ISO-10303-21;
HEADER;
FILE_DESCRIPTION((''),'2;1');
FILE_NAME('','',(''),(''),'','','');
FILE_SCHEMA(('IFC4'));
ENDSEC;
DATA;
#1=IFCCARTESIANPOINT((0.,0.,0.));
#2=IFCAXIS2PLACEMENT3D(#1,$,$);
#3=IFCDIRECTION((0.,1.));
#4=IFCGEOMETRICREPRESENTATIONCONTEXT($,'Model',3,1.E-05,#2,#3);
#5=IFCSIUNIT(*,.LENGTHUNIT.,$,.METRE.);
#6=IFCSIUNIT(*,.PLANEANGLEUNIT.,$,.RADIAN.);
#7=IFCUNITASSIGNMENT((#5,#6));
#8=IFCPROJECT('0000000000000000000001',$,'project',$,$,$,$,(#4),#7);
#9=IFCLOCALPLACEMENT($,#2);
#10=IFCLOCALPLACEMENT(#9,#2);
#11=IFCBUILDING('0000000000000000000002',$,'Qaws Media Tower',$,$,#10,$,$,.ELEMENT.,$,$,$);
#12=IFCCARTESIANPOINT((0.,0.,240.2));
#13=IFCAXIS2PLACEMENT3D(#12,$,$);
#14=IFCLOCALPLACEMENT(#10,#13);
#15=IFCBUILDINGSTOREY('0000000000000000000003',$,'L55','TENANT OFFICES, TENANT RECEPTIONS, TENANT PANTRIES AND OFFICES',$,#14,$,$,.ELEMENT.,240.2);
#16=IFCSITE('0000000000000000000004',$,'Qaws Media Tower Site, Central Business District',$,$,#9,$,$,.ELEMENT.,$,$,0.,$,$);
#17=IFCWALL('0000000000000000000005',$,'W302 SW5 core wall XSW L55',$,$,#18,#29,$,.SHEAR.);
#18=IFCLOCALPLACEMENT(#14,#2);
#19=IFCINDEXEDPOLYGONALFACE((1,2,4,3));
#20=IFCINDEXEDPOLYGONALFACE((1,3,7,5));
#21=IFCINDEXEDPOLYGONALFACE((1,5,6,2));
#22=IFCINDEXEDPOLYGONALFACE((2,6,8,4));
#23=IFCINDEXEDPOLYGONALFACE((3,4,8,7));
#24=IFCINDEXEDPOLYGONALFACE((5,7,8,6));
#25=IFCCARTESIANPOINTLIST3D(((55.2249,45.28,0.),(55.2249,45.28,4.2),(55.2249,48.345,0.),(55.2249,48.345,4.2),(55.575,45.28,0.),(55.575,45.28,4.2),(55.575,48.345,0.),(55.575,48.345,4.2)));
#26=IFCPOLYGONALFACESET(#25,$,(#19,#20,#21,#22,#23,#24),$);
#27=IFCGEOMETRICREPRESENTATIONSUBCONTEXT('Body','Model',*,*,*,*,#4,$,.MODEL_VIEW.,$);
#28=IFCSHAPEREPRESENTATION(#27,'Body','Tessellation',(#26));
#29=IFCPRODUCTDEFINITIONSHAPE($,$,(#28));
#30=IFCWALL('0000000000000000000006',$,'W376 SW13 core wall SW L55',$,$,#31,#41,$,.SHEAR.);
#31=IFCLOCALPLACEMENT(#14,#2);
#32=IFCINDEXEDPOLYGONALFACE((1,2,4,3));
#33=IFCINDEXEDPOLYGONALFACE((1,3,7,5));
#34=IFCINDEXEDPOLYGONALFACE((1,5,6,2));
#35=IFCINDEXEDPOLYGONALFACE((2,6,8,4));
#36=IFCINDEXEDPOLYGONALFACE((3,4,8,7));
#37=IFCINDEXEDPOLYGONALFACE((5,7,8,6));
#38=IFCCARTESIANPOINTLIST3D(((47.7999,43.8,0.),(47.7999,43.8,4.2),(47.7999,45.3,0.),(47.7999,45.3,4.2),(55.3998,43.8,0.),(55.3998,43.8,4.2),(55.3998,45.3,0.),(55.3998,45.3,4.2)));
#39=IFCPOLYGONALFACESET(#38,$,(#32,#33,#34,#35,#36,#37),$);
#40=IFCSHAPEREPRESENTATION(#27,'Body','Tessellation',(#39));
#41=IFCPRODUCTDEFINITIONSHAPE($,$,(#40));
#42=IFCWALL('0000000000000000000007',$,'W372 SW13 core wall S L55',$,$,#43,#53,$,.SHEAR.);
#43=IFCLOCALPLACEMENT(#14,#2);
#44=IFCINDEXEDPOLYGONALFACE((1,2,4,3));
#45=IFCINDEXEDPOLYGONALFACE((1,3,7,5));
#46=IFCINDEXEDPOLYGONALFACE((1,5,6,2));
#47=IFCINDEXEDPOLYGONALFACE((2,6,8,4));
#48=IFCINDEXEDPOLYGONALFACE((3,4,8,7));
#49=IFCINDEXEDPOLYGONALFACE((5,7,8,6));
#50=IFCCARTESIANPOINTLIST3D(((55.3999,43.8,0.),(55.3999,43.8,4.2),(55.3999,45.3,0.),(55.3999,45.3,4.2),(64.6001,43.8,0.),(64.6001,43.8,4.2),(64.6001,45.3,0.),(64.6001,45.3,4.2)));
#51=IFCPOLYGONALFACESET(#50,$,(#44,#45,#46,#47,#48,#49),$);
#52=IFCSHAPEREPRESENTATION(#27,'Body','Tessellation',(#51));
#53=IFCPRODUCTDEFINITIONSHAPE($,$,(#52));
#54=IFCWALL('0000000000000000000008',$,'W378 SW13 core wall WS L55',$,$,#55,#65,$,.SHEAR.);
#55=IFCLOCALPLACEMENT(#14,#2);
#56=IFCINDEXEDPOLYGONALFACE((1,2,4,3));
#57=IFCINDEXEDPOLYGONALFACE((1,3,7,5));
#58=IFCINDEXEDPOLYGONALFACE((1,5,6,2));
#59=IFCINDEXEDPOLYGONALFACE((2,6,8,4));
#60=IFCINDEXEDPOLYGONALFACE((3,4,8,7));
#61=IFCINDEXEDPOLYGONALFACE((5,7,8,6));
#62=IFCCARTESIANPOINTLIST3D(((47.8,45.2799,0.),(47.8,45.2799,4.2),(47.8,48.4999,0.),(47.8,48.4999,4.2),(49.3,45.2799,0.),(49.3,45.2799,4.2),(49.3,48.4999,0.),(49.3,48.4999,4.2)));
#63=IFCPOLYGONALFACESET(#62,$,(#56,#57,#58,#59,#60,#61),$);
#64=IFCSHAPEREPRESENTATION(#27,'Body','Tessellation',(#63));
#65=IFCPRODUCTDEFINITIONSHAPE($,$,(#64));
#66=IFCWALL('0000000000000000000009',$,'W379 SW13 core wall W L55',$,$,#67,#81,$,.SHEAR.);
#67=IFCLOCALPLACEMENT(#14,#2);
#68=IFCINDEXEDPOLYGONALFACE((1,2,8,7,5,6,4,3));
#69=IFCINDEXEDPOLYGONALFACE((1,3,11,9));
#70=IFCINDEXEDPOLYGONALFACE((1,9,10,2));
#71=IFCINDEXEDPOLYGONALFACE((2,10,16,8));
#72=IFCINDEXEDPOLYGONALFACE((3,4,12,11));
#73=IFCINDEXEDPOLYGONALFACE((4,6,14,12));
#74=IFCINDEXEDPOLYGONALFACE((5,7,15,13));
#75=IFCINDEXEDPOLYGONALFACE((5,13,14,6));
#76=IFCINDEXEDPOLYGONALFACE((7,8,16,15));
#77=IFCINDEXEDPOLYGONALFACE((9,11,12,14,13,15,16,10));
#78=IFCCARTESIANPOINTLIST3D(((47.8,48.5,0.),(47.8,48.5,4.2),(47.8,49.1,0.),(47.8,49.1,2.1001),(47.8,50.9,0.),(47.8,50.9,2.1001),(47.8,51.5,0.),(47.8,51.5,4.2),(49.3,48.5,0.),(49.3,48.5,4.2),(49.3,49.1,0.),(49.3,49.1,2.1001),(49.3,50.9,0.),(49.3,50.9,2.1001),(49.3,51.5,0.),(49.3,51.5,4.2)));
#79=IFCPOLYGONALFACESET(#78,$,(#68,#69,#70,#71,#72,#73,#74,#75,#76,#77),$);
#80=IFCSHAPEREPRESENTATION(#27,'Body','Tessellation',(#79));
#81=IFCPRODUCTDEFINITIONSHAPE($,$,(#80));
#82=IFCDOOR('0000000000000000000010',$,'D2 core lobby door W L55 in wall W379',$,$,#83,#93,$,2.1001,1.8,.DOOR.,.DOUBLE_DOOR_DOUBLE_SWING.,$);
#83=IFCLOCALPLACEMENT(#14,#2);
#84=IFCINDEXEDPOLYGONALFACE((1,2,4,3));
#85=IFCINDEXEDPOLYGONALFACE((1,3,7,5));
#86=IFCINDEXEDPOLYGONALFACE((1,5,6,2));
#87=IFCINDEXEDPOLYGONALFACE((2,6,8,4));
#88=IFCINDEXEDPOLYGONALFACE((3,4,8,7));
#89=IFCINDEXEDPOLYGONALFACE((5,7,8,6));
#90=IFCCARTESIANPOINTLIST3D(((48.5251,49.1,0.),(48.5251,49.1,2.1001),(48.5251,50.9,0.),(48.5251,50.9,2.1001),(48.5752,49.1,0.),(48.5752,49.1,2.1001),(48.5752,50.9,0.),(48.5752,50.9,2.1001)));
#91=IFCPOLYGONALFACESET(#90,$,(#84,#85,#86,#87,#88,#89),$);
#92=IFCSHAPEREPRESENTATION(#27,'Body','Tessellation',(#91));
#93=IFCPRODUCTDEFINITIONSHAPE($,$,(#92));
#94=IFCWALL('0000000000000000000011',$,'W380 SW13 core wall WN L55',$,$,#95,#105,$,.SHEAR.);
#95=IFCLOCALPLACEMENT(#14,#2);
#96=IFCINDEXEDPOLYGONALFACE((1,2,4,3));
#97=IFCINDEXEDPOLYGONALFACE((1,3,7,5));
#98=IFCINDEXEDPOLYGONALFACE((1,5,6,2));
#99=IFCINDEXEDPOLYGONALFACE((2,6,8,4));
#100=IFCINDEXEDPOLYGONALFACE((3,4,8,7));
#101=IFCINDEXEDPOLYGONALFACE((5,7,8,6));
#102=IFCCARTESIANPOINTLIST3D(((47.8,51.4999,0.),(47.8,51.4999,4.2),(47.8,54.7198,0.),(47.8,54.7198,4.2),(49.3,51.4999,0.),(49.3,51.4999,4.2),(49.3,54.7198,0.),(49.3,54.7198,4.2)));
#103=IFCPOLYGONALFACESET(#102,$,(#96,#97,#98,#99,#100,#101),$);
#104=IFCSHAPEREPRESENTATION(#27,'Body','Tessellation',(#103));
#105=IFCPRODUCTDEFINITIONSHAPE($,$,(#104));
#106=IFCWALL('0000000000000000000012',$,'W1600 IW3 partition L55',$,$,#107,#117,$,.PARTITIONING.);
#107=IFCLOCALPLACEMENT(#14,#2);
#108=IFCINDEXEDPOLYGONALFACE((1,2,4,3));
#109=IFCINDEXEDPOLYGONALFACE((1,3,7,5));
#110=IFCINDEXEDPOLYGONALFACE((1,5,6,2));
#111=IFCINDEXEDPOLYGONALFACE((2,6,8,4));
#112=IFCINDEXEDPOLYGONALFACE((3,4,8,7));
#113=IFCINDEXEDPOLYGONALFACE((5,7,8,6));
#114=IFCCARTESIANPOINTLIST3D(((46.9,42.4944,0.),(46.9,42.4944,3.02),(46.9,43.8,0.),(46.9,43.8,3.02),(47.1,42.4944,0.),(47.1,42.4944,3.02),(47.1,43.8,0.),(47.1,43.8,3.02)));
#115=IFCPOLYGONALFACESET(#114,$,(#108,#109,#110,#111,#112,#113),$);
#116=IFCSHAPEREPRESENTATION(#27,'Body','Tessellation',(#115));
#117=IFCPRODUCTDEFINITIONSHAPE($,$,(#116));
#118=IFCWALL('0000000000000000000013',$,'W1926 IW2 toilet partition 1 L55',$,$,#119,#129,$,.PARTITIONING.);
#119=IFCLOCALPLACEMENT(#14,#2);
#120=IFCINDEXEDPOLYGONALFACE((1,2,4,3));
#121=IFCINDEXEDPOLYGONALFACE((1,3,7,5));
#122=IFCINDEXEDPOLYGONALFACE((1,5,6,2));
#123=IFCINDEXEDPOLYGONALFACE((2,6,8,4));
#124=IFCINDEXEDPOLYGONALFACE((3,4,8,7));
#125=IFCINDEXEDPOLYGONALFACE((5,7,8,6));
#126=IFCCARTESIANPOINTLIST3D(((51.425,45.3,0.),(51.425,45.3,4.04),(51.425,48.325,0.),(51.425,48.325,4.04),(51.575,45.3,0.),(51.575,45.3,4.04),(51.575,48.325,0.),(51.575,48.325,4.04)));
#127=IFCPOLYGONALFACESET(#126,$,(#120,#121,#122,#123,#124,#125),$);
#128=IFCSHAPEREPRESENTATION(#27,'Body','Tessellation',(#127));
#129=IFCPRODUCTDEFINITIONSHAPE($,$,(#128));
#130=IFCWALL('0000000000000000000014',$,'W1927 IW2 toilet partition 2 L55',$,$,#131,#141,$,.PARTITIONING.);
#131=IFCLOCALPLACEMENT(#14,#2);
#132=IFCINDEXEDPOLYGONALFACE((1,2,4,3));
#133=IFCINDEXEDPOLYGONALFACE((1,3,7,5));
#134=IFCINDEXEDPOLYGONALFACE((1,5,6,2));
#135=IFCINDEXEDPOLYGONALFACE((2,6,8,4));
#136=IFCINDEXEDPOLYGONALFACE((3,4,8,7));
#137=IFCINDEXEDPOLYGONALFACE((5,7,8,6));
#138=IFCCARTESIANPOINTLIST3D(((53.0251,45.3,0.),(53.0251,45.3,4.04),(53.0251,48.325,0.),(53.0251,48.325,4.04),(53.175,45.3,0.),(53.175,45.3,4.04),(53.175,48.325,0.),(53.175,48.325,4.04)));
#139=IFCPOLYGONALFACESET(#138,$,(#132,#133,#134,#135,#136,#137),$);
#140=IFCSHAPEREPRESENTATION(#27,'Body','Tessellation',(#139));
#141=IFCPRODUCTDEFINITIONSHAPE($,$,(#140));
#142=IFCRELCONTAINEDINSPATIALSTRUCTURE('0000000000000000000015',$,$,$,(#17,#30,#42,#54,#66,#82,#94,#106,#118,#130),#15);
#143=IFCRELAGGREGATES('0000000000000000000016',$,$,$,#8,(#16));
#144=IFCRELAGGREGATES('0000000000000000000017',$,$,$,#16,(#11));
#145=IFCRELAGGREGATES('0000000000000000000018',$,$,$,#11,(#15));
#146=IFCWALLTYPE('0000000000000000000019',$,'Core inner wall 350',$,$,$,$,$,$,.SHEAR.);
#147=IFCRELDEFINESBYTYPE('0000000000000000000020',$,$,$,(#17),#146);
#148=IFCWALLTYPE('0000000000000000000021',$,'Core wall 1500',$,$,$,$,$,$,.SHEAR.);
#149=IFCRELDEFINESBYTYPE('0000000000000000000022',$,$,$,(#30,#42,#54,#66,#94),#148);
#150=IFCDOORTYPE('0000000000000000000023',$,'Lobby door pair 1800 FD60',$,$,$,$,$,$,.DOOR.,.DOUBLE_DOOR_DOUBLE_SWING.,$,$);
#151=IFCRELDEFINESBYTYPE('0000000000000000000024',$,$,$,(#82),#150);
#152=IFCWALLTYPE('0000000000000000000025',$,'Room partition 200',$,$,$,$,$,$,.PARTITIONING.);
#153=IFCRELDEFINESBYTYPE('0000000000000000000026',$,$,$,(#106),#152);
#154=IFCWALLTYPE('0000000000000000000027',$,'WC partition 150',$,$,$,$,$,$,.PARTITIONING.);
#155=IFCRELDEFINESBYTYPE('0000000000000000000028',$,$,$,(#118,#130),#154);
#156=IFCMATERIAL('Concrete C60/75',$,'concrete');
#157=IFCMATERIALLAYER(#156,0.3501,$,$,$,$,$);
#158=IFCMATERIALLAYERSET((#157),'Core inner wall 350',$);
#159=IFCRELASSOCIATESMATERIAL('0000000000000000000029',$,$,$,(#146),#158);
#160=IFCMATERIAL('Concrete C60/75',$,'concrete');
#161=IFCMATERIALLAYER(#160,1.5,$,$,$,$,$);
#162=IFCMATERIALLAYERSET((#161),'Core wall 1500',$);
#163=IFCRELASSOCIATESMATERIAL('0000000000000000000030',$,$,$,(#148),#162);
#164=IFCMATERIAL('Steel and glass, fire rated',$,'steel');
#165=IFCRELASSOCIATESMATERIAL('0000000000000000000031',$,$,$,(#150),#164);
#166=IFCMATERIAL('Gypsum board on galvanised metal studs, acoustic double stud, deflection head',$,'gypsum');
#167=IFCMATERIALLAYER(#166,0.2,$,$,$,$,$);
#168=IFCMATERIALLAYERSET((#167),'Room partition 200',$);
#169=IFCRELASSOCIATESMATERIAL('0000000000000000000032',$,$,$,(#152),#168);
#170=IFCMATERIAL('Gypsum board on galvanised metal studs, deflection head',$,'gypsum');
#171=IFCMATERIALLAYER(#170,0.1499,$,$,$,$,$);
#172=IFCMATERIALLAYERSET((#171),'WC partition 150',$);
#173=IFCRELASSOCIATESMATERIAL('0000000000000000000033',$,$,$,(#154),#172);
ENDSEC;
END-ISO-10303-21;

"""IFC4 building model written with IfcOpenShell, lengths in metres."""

from ifc_helpers import new_model, si_unit, direction, frame, frame_2d, origin, place, context, subcontext, project, spatial, rectangle, extrude, material, layer, layer_set, type_object, element, fill, save


model = new_model("IFC4")

# Units and contexts
model_context = context("Model", 3, precision=1e-05, world=origin(), true_north=direction((0.0, 1.0)))
body_context = subcontext(model_context, "Body", "Model", "MODEL_VIEW")
ifc_project = project(units=[si_unit("LENGTHUNIT", "METRE"), si_unit("PLANEANGLEUNIT", "RADIAN")], contexts=[model_context])

# Site, building, storey
site_placement = place(None, origin())
site = spatial("IfcSite", under=ifc_project, at=site_placement, Name="Qaws Media Tower Site, Central Business District", CompositionType="ELEMENT", RefElevation=0.0)
building_placement = place(site_placement, origin())
building = spatial("IfcBuilding", under=site, at=building_placement, Name="Qaws Media Tower", CompositionType="ELEMENT")
storey_placement = place(building_placement, frame((0.0, 0.0, 240.2)))
storey = spatial("IfcBuildingStorey", under=building, at=storey_placement, Name="L55", Description="TENANT OFFICES, TENANT RECEPTIONS, TENANT PANTRIES AND OFFICES", CompositionType="ELEMENT", Elevation=240.2)

# Shared definitions
ifc_material_1 = material(Name="Concrete C60/75", Category="concrete")
ifc_layer_1 = layer(ifc_material_1, 0.3501)
ifc_layer_set_1 = layer_set([ifc_layer_1], Name="Core inner wall 350")
wall_type_1 = type_object("IfcWallType", Name="Core inner wall 350", PredefinedType="SHEAR", material=ifc_layer_set_1)

# Walls
wall_1_placement = place(storey_placement, frame((55.3999, 48.345, 0.0), z_axis=(0.0, 0.0, 1.0), x_axis=(0.0, -1.0, 0.0)))
element("IfcWall", 1, at=wall_1_placement, inside=storey, type_object=wall_type_1, Name="W302 SW5 core wall XSW L55", PredefinedType="SHEAR", context=body_context, shape_type="SweptSolid", body=[
    extrude(rectangle(XDim=3.0649, YDim=0.3501, at=frame_2d((1.5325, 0.0))), origin(), (0.0, 0.0, 1.0), 4.2),
])
ifc_material_2 = material(Name="Concrete C60/75", Category="concrete")
ifc_layer_2 = layer(ifc_material_2, 1.5)
ifc_layer_set_2 = layer_set([ifc_layer_2], Name="Core wall 1500")
wall_type_2 = type_object("IfcWallType", Name="Core wall 1500", PredefinedType="SHEAR", material=ifc_layer_set_2)
wall_2_placement = place(storey_placement, frame((47.8, 44.55, 0.0), z_axis=(0.0, 0.0, 1.0), x_axis=(1.0, 0.0, 0.0)))
element("IfcWall", 2, at=wall_2_placement, inside=storey, type_object=wall_type_2, Name="W376 SW13 core wall SW L55", PredefinedType="SHEAR", context=body_context, shape_type="SweptSolid", body=[
    extrude(rectangle(XDim=7.5999, YDim=1.5, at=frame_2d((3.7998, 0.0))), origin(), (0.0, 0.0, 1.0), 4.2),
])
wall_3_placement = place(storey_placement, frame((55.3999, 44.55, 0.0), z_axis=(0.0, 0.0, 1.0), x_axis=(1.0, 0.0, 0.0)))
element("IfcWall", 3, at=wall_3_placement, inside=storey, type_object=wall_type_2, Name="W372 SW13 core wall S L55", PredefinedType="SHEAR", context=body_context, shape_type="SweptSolid", body=[
    extrude(rectangle(XDim=9.2002, YDim=1.5, at=frame_2d((4.6001, 0.0))), origin(), (0.0, 0.0, 1.0), 4.2),
])
wall_4_placement = place(storey_placement, frame((48.55, 45.28, 0.0), z_axis=(0.0, 0.0, 1.0), x_axis=(0.0, 1.0, 0.0)))
element("IfcWall", 4, at=wall_4_placement, inside=storey, type_object=wall_type_2, Name="W378 SW13 core wall WS L55", PredefinedType="SHEAR", context=body_context, shape_type="SweptSolid", body=[
    extrude(rectangle(XDim=3.22, YDim=1.5, at=frame_2d((1.6099, 0.0))), origin(), (0.0, 0.0, 1.0), 4.2),
])

# Wall, opening, door
wall_5_placement = place(storey_placement, frame((48.55, 48.5, 0.0), z_axis=(0.0, 0.0, 1.0), x_axis=(0.0, 1.0, 0.0)))
wall_5 = element("IfcWall", 5, at=wall_5_placement, inside=storey, type_object=wall_type_2, Name="W379 SW13 core wall W L55", PredefinedType="SHEAR", context=body_context, shape_type="SweptSolid", body=[
    extrude(rectangle(XDim=3.0, YDim=1.5, at=frame_2d((1.5, 0.0))), origin(), (0.0, 0.0, 1.0), 4.2),
])
opening_1_placement = place(wall_5_placement, frame((0.6001, 0.0, 0.0)))
opening_1 = element("IfcOpeningElement", 6, at=opening_1_placement, cuts=wall_5, PredefinedType="OPENING", context=body_context, shape_type="SweptSolid", body=[
    extrude(rectangle(XDim=1.8, YDim=2.1001, at=frame_2d((0.8999, 1.05))), frame((0.0, 0.76, 0.0), z_axis=(0.0, -1.0, 0.0), x_axis=(1.0, 0.0, 0.0)), (0.0, 0.0, 1.0), 1.52),
])
ifc_material_3 = material(Name="Steel and glass, fire rated", Category="steel")
door_type_1 = type_object("IfcDoorType", Name="Lobby door pair 1800 FD60", OperationType="DOUBLE_DOOR_DOUBLE_SWING", PredefinedType="DOOR", material=ifc_material_3)
door_1_placement = place(opening_1_placement, origin())
door_1 = element("IfcDoor", 7, at=door_1_placement, inside=storey, type_object=door_type_1, Name="D2 core lobby door W L55 in wall W379", OperationType="DOUBLE_DOOR_DOUBLE_SWING", OverallHeight=2.1001, OverallWidth=1.8, PredefinedType="DOOR", context=body_context, shape_type="SweptSolid", body=[
    extrude(rectangle(XDim=1.8, YDim=2.1001, at=frame_2d((0.8999, 1.05))), frame((0.0, 0.0249, 0.0), z_axis=(0.0, -1.0, 0.0), x_axis=(1.0, 0.0, 0.0)), (0.0, 0.0, 1.0), 0.05),
])
fill(opening_1, door_1)

# Walls
wall_6_placement = place(storey_placement, frame((48.55, 51.5, 0.0), z_axis=(0.0, 0.0, 1.0), x_axis=(0.0, 1.0, 0.0)))
element("IfcWall", 8, at=wall_6_placement, inside=storey, type_object=wall_type_2, Name="W380 SW13 core wall WN L55", PredefinedType="SHEAR", context=body_context, shape_type="SweptSolid", body=[
    extrude(rectangle(XDim=3.22, YDim=1.5, at=frame_2d((1.6099, 0.0))), origin(), (0.0, 0.0, 1.0), 4.2),
])
ifc_material_4 = material(Name="Gypsum board on galvanised metal studs, acoustic double stud, deflection head", Category="gypsum")
ifc_layer_3 = layer(ifc_material_4, 0.2)
ifc_layer_set_3 = layer_set([ifc_layer_3], Name="Room partition 200")
wall_type_3 = type_object("IfcWallType", Name="Room partition 200", PredefinedType="PARTITIONING", material=ifc_layer_set_3)
wall_7_placement = place(storey_placement, frame((47.0, 43.8, 0.0), z_axis=(0.0, 0.0, 1.0), x_axis=(0.0, -1.0, 0.0)))
element("IfcWall", 9, at=wall_7_placement, inside=storey, type_object=wall_type_3, Name="W1600 IW3 partition L55", PredefinedType="PARTITIONING", context=body_context, shape_type="SweptSolid", body=[
    extrude(rectangle(XDim=1.3057, YDim=0.2, at=frame_2d((0.6528, 0.0))), origin(), (0.0, 0.0, 1.0), 3.02),
])
ifc_material_5 = material(Name="Gypsum board on galvanised metal studs, deflection head", Category="gypsum")
ifc_layer_4 = layer(ifc_material_5, 0.1499)
ifc_layer_set_4 = layer_set([ifc_layer_4], Name="WC partition 150")
wall_type_4 = type_object("IfcWallType", Name="WC partition 150", PredefinedType="PARTITIONING", material=ifc_layer_set_4)
for number, where, z_axis, x_axis, name in (
    (10, (51.5, 45.3, 0.0), (0.0, 0.0, 1.0), (0.0, 1.0, 0.0), "W1926 IW2 toilet partition 1 L55"),
    (11, (53.1001, 45.3, 0.0), (0.0, 0.0, 1.0), (0.0, 1.0, 0.0), "W1927 IW2 toilet partition 2 L55"),
):
    element("IfcWall", number, at=place(storey_placement, frame(where, z_axis=z_axis, x_axis=x_axis)), inside=storey, type_object=wall_type_4, Name=name, PredefinedType="PARTITIONING", context=body_context, shape_type="SweptSolid", body=[
        extrude(rectangle(XDim=3.0249, YDim=0.1499, at=frame_2d((1.5125, 0.0))), origin(), (0.0, 0.0, 1.0), 4.04),
    ])

save(model, "model.ifc")
